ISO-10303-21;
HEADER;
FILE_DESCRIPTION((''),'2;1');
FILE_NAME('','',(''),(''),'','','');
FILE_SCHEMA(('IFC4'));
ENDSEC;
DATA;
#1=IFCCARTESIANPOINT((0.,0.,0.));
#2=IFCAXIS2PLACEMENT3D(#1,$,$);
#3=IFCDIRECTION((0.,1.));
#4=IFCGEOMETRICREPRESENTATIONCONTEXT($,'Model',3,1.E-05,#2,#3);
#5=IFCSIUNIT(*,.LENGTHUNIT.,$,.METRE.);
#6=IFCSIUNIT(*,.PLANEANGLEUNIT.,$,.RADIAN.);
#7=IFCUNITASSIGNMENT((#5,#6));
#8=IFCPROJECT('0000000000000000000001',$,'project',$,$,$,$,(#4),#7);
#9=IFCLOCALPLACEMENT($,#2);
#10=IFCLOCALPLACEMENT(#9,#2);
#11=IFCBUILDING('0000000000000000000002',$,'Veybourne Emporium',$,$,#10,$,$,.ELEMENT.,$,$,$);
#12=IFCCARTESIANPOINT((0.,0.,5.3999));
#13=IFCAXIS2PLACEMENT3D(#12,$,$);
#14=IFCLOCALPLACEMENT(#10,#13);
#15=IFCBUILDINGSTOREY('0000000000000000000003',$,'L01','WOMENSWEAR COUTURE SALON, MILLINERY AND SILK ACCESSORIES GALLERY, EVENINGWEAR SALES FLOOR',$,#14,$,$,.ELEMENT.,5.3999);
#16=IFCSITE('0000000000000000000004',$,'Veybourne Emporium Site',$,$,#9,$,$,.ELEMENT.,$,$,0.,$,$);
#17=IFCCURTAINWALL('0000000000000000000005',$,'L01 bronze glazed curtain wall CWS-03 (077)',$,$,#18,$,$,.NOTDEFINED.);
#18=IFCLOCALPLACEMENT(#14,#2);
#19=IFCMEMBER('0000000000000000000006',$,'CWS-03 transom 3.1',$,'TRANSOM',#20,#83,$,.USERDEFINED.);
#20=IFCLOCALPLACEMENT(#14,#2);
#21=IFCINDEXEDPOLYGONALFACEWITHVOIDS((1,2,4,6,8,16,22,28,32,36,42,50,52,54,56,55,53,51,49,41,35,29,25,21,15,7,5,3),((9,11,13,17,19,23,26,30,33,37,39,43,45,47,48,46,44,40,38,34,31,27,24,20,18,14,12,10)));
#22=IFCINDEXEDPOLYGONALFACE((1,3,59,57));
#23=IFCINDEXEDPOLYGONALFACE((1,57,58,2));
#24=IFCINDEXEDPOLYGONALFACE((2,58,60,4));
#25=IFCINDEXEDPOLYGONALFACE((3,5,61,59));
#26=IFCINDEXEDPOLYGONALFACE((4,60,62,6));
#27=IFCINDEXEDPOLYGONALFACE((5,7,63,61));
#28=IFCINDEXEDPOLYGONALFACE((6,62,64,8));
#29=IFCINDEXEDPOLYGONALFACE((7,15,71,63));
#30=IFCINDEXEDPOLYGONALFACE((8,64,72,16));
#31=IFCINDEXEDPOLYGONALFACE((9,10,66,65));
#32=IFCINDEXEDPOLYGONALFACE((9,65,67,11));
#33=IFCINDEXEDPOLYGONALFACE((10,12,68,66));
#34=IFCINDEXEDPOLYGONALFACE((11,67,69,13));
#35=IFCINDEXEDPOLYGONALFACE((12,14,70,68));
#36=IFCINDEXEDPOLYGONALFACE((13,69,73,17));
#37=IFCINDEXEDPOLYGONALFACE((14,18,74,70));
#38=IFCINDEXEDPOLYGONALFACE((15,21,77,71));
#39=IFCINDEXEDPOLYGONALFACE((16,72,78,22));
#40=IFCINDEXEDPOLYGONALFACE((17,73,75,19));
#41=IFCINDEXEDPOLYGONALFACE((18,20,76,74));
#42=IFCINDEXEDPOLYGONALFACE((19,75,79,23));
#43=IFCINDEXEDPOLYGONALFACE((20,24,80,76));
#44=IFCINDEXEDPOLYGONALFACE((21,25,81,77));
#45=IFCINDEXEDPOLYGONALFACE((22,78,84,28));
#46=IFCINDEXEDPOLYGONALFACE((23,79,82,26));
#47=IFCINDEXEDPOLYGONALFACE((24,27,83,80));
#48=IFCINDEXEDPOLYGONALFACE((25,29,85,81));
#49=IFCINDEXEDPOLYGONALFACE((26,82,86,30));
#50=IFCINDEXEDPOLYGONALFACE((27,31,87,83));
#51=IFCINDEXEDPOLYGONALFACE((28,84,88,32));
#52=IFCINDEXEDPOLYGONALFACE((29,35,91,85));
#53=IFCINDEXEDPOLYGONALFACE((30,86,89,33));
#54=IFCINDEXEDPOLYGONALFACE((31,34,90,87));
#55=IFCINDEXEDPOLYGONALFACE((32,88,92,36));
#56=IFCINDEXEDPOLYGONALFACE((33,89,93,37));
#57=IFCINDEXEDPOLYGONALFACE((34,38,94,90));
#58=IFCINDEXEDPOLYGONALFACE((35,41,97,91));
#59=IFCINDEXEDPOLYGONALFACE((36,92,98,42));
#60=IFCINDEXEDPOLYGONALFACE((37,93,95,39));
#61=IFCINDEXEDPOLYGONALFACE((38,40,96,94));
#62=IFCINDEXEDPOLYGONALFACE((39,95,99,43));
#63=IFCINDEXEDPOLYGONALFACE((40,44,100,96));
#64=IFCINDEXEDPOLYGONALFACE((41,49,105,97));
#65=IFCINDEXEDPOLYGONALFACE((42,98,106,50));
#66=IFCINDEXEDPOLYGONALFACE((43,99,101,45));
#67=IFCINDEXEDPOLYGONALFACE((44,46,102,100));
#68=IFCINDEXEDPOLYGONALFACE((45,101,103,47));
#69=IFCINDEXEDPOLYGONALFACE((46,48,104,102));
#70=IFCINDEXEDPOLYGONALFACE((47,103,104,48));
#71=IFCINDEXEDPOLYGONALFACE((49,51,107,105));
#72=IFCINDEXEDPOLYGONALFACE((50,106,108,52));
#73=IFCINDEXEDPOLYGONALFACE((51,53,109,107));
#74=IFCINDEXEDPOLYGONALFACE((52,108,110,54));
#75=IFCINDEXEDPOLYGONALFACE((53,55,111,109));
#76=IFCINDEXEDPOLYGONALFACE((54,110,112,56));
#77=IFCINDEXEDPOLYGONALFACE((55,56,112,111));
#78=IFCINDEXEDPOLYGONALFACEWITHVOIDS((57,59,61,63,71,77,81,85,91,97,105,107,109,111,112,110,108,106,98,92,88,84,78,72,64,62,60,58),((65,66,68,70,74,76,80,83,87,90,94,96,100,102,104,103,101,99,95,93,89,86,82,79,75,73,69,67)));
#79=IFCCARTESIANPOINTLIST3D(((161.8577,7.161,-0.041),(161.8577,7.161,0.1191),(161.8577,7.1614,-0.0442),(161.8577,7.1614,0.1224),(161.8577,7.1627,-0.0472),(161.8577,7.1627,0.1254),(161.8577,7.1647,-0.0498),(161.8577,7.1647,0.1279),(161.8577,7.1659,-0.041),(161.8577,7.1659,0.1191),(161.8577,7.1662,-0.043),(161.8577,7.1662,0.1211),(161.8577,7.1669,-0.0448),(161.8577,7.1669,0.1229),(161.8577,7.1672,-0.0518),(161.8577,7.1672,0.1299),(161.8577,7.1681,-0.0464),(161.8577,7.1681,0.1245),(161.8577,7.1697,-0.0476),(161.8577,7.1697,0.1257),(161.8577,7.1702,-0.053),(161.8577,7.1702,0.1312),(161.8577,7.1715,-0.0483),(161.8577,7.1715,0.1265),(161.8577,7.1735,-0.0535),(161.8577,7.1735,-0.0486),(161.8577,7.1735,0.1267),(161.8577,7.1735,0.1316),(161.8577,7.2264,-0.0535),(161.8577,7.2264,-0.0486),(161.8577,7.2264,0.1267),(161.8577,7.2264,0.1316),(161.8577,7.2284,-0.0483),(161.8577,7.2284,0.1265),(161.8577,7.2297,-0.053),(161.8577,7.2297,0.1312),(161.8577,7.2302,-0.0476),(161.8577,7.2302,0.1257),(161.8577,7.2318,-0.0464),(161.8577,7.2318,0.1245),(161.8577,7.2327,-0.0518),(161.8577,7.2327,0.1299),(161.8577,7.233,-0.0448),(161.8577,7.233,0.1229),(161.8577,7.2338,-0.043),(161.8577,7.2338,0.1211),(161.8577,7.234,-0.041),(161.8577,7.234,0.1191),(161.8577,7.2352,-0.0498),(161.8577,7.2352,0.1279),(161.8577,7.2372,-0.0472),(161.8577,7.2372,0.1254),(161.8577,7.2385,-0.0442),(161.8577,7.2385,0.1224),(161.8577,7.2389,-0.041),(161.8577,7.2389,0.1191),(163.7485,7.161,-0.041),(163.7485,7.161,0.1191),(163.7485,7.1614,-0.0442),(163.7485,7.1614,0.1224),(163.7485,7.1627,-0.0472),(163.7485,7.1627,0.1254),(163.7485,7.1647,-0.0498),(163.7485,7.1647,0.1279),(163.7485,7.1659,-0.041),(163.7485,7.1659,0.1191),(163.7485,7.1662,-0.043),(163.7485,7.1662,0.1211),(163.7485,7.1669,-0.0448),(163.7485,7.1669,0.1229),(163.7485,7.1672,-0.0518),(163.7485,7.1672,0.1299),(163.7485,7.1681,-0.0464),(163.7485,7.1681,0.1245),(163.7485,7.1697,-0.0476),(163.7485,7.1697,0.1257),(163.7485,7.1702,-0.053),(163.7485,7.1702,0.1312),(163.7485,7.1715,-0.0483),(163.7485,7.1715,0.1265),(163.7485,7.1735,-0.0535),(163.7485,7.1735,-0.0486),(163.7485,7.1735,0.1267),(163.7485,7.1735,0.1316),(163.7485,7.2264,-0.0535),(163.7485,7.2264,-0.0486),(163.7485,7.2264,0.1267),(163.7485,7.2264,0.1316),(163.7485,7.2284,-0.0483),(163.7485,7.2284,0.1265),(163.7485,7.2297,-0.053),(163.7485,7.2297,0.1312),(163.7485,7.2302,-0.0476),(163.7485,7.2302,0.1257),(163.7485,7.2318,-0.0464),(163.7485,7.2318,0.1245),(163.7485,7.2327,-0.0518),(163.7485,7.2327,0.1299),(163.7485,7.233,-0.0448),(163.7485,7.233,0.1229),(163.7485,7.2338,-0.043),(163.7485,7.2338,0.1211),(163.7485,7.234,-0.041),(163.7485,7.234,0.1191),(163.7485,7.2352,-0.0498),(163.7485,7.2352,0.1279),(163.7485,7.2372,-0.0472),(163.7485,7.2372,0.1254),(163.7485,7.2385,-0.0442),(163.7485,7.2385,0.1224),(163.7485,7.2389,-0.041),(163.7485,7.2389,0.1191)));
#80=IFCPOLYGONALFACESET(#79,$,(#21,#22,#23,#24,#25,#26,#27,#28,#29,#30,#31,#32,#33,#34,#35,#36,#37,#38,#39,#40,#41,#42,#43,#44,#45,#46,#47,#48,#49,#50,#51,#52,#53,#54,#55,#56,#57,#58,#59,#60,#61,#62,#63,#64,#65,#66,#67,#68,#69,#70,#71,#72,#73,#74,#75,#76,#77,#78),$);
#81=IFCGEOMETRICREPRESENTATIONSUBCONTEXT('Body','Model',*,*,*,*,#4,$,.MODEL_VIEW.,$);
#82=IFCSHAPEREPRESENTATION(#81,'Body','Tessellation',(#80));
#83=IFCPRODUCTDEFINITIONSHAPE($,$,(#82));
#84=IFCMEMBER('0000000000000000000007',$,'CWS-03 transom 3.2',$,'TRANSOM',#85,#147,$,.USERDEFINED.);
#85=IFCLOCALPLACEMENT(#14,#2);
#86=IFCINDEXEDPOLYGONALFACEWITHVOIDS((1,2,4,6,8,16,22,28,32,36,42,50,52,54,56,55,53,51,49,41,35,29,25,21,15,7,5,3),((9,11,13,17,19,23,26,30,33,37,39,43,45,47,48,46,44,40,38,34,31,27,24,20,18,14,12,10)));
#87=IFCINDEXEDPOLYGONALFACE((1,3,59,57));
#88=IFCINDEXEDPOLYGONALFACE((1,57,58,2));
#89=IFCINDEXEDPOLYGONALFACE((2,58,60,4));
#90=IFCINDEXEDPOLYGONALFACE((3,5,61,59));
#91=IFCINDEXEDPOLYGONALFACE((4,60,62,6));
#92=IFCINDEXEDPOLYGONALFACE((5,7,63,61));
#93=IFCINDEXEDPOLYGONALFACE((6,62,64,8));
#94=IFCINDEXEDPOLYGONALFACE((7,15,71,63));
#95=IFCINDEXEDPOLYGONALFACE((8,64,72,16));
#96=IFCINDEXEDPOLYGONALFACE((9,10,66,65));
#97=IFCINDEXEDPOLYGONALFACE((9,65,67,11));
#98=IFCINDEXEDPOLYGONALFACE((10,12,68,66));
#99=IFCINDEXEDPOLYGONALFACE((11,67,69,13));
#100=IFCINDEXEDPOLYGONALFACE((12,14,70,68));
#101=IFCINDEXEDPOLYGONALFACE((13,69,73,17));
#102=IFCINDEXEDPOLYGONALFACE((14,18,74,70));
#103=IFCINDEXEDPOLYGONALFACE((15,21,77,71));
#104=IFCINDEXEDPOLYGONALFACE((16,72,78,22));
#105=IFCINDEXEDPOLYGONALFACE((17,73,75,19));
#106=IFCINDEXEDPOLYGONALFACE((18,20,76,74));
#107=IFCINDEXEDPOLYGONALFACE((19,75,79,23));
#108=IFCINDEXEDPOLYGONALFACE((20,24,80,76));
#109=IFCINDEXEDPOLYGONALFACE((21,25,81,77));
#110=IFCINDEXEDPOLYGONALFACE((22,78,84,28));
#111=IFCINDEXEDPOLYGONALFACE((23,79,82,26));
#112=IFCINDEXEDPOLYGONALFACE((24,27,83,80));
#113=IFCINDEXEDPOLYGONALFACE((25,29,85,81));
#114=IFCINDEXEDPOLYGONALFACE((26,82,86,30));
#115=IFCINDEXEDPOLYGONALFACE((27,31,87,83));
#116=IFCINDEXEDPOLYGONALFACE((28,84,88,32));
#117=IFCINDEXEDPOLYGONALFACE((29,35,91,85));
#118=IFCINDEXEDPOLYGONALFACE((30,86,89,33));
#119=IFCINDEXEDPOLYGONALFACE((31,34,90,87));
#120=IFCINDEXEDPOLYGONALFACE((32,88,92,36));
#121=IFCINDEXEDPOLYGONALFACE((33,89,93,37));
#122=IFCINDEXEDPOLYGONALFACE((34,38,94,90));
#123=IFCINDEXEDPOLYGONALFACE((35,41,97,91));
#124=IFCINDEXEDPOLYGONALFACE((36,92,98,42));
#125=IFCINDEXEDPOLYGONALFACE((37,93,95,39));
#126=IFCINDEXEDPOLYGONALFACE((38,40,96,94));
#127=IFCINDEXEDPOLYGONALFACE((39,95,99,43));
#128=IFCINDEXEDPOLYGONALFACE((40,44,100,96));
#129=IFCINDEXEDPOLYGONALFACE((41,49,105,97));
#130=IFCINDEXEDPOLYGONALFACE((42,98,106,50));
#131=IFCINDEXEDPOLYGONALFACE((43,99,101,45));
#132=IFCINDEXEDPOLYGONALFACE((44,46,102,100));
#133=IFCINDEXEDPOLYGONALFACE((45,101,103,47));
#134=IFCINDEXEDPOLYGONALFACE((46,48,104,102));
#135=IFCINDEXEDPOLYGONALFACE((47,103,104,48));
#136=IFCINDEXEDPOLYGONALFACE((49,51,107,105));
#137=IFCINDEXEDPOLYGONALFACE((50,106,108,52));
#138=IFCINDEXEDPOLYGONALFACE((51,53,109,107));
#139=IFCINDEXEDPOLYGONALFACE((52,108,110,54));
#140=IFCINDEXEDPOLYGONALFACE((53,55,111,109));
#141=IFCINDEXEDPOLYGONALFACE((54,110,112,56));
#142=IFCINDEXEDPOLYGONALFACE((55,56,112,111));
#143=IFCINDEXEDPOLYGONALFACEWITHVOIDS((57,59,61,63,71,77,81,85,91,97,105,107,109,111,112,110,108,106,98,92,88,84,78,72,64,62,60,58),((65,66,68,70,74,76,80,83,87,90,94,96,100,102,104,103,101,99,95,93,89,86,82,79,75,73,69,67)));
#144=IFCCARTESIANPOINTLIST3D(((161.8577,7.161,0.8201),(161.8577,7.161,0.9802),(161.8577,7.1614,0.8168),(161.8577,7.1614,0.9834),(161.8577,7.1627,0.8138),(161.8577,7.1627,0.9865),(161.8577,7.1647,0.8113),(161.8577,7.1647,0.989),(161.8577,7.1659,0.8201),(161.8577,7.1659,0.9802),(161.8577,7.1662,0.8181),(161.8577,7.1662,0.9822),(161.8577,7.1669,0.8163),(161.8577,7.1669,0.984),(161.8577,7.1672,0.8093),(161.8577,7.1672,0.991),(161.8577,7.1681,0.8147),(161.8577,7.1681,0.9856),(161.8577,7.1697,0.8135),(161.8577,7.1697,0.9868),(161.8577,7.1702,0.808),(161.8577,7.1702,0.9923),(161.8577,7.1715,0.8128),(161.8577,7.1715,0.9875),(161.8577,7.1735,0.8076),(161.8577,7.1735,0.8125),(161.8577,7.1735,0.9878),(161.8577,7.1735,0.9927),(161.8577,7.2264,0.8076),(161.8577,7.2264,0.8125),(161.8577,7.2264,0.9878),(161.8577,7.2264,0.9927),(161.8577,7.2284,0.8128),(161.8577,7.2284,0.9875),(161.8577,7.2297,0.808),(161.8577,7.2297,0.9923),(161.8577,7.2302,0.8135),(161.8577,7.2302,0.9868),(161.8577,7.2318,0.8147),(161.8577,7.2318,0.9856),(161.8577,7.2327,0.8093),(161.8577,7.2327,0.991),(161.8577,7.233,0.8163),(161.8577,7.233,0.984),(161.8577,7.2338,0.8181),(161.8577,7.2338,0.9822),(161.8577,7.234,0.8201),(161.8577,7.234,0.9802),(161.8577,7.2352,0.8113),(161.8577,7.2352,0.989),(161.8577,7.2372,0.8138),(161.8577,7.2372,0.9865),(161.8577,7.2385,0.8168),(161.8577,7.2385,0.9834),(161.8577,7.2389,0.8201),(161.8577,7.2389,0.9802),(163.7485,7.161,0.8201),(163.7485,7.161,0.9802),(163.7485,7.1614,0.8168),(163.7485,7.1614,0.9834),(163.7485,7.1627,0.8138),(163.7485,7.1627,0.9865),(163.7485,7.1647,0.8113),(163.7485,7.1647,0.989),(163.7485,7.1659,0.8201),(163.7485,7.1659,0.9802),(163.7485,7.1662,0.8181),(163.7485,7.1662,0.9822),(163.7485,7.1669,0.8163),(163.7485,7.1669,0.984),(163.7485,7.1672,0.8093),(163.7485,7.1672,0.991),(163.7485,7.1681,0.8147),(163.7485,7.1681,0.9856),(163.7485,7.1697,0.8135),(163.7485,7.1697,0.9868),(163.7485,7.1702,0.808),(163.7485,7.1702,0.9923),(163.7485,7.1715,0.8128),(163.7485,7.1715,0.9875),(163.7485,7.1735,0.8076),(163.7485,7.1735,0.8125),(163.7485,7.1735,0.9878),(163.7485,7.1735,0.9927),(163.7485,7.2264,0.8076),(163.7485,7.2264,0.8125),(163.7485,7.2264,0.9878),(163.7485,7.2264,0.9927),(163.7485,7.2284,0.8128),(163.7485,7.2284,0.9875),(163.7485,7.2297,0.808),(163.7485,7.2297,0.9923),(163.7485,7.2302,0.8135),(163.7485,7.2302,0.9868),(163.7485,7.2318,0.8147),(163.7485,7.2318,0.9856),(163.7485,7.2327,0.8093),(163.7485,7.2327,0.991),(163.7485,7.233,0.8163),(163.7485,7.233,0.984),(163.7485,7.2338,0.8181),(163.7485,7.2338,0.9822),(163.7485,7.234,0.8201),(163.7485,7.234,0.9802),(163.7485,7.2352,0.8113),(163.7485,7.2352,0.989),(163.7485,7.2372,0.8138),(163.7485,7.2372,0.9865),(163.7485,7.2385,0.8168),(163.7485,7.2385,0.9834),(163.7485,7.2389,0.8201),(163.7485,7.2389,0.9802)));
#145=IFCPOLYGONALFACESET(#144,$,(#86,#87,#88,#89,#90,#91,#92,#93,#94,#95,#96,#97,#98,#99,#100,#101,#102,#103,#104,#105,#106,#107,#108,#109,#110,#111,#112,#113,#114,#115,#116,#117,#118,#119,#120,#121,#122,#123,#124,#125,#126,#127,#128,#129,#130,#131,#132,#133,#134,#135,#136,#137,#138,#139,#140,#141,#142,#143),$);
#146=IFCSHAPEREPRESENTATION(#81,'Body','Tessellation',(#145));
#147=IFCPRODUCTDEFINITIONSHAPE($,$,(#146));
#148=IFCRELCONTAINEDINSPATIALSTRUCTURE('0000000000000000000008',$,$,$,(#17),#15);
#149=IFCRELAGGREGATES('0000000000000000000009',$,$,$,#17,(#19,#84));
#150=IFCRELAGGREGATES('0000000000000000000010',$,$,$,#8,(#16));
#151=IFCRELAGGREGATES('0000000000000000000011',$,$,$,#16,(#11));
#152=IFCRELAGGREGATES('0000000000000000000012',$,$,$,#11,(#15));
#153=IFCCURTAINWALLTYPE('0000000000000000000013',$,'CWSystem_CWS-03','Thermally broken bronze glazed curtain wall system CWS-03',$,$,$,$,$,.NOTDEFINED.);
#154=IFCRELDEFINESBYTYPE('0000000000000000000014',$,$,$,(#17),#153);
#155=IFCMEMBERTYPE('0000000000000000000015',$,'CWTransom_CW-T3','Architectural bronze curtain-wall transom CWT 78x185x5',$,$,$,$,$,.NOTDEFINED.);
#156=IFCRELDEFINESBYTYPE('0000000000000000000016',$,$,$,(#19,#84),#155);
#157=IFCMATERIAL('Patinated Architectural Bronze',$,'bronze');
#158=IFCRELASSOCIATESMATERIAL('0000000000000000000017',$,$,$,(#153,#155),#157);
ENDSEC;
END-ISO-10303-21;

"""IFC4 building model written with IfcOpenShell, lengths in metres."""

from ifc_helpers import new_model, si_unit, direction, frame, origin, origin_2d, place, context, subcontext, project, spatial, hollow_rectangle, extrude, material, material_profile, profile_set, type_object, element, aggregate, save


model = new_model("IFC4")

# Units and contexts
model_context = context("Model", 3, precision=1e-05, world=origin(), true_north=direction((0.0, 1.0)))
body_context = subcontext(model_context, "Body", "Model", "MODEL_VIEW")
ifc_project = project(units=[si_unit("LENGTHUNIT", "METRE"), si_unit("PLANEANGLEUNIT", "RADIAN")], contexts=[model_context])

# Site, building, storey
site_placement = place(None, origin())
site = spatial("IfcSite", under=ifc_project, at=site_placement, Name="Veybourne Emporium Site", CompositionType="ELEMENT", RefElevation=0.0)
building_placement = place(site_placement, origin())
building = spatial("IfcBuilding", under=site, at=building_placement, Name="Veybourne Emporium", CompositionType="ELEMENT")
storey_placement = place(building_placement, frame((0.0, 0.0, 5.3999)))
storey = spatial("IfcBuildingStorey", under=building, at=storey_placement, Name="L01", Description="WOMENSWEAR COUTURE SALON, MILLINERY AND SILK ACCESSORIES GALLERY, EVENINGWEAR SALES FLOOR", CompositionType="ELEMENT", Elevation=5.3999)

# Curtain wall, members
ifc_material_1 = material(Name="Patinated Architectural Bronze", Category="bronze")
curtain_wall_type = type_object("IfcCurtainWallType", Name="CWSystem_CWS-03", Description="Thermally broken bronze glazed curtain wall system CWS-03", PredefinedType="NOTDEFINED", material=ifc_material_1)
curtain_wall_placement = place(storey_placement, origin())
curtain_wall = element("IfcCurtainWall", 1, at=curtain_wall_placement, inside=storey, type_object=curtain_wall_type, Name="L01 bronze glazed curtain wall CWS-03 (077)", PredefinedType="NOTDEFINED")
ifc_material_profile_1 = material_profile(ifc_material_1, hollow_rectangle(XDim=0.0779, YDim=0.1851, WallThickness=0.0049, InnerFilletRadius=0.0076, OuterFilletRadius=0.0125, at=origin_2d()), Name="CWT 78x185x5")
ifc_profile_set_1 = profile_set([ifc_material_profile_1], Name="Patinated Architectural Bronze")
member_type_1 = type_object("IfcMemberType", Name="CWTransom_CW-T3", Description="Architectural bronze curtain-wall transom CWT 78x185x5", PredefinedType="NOTDEFINED", material=ifc_profile_set_1)
member_1_placement = place(storey_placement, frame((163.7485, 7.2, 0.0391), z_axis=(-1.0, 0.0, 0.0), x_axis=(0.0, -1.0, 0.0)))
member_1 = element("IfcMember", 2, at=member_1_placement, type_object=member_type_1, Name="CWS-03 transom 3.1", ObjectType="TRANSOM", PredefinedType="USERDEFINED", context=body_context, shape_type="SweptSolid", body=[
    extrude(hollow_rectangle(XDim=0.0779, YDim=0.1851, WallThickness=0.0049, InnerFilletRadius=0.0076, OuterFilletRadius=0.0125, at=origin_2d()), origin(), (0.0, 0.0, 1.0), 1.8909),
])
member_2_placement = place(storey_placement, frame((163.7485, 7.2, 0.9001), z_axis=(-1.0, 0.0, 0.0), x_axis=(0.0, -1.0, 0.0)))
member_2 = element("IfcMember", 3, at=member_2_placement, type_object=member_type_1, Name="CWS-03 transom 3.2", ObjectType="TRANSOM", PredefinedType="USERDEFINED", context=body_context, shape_type="SweptSolid", body=[
    extrude(hollow_rectangle(XDim=0.0779, YDim=0.1851, WallThickness=0.0049, InnerFilletRadius=0.0076, OuterFilletRadius=0.0125, at=origin_2d()), origin(), (0.0, 0.0, 1.0), 1.8909),
])
aggregate(curtain_wall, [member_1, member_2])

save(model, "model.ifc")
